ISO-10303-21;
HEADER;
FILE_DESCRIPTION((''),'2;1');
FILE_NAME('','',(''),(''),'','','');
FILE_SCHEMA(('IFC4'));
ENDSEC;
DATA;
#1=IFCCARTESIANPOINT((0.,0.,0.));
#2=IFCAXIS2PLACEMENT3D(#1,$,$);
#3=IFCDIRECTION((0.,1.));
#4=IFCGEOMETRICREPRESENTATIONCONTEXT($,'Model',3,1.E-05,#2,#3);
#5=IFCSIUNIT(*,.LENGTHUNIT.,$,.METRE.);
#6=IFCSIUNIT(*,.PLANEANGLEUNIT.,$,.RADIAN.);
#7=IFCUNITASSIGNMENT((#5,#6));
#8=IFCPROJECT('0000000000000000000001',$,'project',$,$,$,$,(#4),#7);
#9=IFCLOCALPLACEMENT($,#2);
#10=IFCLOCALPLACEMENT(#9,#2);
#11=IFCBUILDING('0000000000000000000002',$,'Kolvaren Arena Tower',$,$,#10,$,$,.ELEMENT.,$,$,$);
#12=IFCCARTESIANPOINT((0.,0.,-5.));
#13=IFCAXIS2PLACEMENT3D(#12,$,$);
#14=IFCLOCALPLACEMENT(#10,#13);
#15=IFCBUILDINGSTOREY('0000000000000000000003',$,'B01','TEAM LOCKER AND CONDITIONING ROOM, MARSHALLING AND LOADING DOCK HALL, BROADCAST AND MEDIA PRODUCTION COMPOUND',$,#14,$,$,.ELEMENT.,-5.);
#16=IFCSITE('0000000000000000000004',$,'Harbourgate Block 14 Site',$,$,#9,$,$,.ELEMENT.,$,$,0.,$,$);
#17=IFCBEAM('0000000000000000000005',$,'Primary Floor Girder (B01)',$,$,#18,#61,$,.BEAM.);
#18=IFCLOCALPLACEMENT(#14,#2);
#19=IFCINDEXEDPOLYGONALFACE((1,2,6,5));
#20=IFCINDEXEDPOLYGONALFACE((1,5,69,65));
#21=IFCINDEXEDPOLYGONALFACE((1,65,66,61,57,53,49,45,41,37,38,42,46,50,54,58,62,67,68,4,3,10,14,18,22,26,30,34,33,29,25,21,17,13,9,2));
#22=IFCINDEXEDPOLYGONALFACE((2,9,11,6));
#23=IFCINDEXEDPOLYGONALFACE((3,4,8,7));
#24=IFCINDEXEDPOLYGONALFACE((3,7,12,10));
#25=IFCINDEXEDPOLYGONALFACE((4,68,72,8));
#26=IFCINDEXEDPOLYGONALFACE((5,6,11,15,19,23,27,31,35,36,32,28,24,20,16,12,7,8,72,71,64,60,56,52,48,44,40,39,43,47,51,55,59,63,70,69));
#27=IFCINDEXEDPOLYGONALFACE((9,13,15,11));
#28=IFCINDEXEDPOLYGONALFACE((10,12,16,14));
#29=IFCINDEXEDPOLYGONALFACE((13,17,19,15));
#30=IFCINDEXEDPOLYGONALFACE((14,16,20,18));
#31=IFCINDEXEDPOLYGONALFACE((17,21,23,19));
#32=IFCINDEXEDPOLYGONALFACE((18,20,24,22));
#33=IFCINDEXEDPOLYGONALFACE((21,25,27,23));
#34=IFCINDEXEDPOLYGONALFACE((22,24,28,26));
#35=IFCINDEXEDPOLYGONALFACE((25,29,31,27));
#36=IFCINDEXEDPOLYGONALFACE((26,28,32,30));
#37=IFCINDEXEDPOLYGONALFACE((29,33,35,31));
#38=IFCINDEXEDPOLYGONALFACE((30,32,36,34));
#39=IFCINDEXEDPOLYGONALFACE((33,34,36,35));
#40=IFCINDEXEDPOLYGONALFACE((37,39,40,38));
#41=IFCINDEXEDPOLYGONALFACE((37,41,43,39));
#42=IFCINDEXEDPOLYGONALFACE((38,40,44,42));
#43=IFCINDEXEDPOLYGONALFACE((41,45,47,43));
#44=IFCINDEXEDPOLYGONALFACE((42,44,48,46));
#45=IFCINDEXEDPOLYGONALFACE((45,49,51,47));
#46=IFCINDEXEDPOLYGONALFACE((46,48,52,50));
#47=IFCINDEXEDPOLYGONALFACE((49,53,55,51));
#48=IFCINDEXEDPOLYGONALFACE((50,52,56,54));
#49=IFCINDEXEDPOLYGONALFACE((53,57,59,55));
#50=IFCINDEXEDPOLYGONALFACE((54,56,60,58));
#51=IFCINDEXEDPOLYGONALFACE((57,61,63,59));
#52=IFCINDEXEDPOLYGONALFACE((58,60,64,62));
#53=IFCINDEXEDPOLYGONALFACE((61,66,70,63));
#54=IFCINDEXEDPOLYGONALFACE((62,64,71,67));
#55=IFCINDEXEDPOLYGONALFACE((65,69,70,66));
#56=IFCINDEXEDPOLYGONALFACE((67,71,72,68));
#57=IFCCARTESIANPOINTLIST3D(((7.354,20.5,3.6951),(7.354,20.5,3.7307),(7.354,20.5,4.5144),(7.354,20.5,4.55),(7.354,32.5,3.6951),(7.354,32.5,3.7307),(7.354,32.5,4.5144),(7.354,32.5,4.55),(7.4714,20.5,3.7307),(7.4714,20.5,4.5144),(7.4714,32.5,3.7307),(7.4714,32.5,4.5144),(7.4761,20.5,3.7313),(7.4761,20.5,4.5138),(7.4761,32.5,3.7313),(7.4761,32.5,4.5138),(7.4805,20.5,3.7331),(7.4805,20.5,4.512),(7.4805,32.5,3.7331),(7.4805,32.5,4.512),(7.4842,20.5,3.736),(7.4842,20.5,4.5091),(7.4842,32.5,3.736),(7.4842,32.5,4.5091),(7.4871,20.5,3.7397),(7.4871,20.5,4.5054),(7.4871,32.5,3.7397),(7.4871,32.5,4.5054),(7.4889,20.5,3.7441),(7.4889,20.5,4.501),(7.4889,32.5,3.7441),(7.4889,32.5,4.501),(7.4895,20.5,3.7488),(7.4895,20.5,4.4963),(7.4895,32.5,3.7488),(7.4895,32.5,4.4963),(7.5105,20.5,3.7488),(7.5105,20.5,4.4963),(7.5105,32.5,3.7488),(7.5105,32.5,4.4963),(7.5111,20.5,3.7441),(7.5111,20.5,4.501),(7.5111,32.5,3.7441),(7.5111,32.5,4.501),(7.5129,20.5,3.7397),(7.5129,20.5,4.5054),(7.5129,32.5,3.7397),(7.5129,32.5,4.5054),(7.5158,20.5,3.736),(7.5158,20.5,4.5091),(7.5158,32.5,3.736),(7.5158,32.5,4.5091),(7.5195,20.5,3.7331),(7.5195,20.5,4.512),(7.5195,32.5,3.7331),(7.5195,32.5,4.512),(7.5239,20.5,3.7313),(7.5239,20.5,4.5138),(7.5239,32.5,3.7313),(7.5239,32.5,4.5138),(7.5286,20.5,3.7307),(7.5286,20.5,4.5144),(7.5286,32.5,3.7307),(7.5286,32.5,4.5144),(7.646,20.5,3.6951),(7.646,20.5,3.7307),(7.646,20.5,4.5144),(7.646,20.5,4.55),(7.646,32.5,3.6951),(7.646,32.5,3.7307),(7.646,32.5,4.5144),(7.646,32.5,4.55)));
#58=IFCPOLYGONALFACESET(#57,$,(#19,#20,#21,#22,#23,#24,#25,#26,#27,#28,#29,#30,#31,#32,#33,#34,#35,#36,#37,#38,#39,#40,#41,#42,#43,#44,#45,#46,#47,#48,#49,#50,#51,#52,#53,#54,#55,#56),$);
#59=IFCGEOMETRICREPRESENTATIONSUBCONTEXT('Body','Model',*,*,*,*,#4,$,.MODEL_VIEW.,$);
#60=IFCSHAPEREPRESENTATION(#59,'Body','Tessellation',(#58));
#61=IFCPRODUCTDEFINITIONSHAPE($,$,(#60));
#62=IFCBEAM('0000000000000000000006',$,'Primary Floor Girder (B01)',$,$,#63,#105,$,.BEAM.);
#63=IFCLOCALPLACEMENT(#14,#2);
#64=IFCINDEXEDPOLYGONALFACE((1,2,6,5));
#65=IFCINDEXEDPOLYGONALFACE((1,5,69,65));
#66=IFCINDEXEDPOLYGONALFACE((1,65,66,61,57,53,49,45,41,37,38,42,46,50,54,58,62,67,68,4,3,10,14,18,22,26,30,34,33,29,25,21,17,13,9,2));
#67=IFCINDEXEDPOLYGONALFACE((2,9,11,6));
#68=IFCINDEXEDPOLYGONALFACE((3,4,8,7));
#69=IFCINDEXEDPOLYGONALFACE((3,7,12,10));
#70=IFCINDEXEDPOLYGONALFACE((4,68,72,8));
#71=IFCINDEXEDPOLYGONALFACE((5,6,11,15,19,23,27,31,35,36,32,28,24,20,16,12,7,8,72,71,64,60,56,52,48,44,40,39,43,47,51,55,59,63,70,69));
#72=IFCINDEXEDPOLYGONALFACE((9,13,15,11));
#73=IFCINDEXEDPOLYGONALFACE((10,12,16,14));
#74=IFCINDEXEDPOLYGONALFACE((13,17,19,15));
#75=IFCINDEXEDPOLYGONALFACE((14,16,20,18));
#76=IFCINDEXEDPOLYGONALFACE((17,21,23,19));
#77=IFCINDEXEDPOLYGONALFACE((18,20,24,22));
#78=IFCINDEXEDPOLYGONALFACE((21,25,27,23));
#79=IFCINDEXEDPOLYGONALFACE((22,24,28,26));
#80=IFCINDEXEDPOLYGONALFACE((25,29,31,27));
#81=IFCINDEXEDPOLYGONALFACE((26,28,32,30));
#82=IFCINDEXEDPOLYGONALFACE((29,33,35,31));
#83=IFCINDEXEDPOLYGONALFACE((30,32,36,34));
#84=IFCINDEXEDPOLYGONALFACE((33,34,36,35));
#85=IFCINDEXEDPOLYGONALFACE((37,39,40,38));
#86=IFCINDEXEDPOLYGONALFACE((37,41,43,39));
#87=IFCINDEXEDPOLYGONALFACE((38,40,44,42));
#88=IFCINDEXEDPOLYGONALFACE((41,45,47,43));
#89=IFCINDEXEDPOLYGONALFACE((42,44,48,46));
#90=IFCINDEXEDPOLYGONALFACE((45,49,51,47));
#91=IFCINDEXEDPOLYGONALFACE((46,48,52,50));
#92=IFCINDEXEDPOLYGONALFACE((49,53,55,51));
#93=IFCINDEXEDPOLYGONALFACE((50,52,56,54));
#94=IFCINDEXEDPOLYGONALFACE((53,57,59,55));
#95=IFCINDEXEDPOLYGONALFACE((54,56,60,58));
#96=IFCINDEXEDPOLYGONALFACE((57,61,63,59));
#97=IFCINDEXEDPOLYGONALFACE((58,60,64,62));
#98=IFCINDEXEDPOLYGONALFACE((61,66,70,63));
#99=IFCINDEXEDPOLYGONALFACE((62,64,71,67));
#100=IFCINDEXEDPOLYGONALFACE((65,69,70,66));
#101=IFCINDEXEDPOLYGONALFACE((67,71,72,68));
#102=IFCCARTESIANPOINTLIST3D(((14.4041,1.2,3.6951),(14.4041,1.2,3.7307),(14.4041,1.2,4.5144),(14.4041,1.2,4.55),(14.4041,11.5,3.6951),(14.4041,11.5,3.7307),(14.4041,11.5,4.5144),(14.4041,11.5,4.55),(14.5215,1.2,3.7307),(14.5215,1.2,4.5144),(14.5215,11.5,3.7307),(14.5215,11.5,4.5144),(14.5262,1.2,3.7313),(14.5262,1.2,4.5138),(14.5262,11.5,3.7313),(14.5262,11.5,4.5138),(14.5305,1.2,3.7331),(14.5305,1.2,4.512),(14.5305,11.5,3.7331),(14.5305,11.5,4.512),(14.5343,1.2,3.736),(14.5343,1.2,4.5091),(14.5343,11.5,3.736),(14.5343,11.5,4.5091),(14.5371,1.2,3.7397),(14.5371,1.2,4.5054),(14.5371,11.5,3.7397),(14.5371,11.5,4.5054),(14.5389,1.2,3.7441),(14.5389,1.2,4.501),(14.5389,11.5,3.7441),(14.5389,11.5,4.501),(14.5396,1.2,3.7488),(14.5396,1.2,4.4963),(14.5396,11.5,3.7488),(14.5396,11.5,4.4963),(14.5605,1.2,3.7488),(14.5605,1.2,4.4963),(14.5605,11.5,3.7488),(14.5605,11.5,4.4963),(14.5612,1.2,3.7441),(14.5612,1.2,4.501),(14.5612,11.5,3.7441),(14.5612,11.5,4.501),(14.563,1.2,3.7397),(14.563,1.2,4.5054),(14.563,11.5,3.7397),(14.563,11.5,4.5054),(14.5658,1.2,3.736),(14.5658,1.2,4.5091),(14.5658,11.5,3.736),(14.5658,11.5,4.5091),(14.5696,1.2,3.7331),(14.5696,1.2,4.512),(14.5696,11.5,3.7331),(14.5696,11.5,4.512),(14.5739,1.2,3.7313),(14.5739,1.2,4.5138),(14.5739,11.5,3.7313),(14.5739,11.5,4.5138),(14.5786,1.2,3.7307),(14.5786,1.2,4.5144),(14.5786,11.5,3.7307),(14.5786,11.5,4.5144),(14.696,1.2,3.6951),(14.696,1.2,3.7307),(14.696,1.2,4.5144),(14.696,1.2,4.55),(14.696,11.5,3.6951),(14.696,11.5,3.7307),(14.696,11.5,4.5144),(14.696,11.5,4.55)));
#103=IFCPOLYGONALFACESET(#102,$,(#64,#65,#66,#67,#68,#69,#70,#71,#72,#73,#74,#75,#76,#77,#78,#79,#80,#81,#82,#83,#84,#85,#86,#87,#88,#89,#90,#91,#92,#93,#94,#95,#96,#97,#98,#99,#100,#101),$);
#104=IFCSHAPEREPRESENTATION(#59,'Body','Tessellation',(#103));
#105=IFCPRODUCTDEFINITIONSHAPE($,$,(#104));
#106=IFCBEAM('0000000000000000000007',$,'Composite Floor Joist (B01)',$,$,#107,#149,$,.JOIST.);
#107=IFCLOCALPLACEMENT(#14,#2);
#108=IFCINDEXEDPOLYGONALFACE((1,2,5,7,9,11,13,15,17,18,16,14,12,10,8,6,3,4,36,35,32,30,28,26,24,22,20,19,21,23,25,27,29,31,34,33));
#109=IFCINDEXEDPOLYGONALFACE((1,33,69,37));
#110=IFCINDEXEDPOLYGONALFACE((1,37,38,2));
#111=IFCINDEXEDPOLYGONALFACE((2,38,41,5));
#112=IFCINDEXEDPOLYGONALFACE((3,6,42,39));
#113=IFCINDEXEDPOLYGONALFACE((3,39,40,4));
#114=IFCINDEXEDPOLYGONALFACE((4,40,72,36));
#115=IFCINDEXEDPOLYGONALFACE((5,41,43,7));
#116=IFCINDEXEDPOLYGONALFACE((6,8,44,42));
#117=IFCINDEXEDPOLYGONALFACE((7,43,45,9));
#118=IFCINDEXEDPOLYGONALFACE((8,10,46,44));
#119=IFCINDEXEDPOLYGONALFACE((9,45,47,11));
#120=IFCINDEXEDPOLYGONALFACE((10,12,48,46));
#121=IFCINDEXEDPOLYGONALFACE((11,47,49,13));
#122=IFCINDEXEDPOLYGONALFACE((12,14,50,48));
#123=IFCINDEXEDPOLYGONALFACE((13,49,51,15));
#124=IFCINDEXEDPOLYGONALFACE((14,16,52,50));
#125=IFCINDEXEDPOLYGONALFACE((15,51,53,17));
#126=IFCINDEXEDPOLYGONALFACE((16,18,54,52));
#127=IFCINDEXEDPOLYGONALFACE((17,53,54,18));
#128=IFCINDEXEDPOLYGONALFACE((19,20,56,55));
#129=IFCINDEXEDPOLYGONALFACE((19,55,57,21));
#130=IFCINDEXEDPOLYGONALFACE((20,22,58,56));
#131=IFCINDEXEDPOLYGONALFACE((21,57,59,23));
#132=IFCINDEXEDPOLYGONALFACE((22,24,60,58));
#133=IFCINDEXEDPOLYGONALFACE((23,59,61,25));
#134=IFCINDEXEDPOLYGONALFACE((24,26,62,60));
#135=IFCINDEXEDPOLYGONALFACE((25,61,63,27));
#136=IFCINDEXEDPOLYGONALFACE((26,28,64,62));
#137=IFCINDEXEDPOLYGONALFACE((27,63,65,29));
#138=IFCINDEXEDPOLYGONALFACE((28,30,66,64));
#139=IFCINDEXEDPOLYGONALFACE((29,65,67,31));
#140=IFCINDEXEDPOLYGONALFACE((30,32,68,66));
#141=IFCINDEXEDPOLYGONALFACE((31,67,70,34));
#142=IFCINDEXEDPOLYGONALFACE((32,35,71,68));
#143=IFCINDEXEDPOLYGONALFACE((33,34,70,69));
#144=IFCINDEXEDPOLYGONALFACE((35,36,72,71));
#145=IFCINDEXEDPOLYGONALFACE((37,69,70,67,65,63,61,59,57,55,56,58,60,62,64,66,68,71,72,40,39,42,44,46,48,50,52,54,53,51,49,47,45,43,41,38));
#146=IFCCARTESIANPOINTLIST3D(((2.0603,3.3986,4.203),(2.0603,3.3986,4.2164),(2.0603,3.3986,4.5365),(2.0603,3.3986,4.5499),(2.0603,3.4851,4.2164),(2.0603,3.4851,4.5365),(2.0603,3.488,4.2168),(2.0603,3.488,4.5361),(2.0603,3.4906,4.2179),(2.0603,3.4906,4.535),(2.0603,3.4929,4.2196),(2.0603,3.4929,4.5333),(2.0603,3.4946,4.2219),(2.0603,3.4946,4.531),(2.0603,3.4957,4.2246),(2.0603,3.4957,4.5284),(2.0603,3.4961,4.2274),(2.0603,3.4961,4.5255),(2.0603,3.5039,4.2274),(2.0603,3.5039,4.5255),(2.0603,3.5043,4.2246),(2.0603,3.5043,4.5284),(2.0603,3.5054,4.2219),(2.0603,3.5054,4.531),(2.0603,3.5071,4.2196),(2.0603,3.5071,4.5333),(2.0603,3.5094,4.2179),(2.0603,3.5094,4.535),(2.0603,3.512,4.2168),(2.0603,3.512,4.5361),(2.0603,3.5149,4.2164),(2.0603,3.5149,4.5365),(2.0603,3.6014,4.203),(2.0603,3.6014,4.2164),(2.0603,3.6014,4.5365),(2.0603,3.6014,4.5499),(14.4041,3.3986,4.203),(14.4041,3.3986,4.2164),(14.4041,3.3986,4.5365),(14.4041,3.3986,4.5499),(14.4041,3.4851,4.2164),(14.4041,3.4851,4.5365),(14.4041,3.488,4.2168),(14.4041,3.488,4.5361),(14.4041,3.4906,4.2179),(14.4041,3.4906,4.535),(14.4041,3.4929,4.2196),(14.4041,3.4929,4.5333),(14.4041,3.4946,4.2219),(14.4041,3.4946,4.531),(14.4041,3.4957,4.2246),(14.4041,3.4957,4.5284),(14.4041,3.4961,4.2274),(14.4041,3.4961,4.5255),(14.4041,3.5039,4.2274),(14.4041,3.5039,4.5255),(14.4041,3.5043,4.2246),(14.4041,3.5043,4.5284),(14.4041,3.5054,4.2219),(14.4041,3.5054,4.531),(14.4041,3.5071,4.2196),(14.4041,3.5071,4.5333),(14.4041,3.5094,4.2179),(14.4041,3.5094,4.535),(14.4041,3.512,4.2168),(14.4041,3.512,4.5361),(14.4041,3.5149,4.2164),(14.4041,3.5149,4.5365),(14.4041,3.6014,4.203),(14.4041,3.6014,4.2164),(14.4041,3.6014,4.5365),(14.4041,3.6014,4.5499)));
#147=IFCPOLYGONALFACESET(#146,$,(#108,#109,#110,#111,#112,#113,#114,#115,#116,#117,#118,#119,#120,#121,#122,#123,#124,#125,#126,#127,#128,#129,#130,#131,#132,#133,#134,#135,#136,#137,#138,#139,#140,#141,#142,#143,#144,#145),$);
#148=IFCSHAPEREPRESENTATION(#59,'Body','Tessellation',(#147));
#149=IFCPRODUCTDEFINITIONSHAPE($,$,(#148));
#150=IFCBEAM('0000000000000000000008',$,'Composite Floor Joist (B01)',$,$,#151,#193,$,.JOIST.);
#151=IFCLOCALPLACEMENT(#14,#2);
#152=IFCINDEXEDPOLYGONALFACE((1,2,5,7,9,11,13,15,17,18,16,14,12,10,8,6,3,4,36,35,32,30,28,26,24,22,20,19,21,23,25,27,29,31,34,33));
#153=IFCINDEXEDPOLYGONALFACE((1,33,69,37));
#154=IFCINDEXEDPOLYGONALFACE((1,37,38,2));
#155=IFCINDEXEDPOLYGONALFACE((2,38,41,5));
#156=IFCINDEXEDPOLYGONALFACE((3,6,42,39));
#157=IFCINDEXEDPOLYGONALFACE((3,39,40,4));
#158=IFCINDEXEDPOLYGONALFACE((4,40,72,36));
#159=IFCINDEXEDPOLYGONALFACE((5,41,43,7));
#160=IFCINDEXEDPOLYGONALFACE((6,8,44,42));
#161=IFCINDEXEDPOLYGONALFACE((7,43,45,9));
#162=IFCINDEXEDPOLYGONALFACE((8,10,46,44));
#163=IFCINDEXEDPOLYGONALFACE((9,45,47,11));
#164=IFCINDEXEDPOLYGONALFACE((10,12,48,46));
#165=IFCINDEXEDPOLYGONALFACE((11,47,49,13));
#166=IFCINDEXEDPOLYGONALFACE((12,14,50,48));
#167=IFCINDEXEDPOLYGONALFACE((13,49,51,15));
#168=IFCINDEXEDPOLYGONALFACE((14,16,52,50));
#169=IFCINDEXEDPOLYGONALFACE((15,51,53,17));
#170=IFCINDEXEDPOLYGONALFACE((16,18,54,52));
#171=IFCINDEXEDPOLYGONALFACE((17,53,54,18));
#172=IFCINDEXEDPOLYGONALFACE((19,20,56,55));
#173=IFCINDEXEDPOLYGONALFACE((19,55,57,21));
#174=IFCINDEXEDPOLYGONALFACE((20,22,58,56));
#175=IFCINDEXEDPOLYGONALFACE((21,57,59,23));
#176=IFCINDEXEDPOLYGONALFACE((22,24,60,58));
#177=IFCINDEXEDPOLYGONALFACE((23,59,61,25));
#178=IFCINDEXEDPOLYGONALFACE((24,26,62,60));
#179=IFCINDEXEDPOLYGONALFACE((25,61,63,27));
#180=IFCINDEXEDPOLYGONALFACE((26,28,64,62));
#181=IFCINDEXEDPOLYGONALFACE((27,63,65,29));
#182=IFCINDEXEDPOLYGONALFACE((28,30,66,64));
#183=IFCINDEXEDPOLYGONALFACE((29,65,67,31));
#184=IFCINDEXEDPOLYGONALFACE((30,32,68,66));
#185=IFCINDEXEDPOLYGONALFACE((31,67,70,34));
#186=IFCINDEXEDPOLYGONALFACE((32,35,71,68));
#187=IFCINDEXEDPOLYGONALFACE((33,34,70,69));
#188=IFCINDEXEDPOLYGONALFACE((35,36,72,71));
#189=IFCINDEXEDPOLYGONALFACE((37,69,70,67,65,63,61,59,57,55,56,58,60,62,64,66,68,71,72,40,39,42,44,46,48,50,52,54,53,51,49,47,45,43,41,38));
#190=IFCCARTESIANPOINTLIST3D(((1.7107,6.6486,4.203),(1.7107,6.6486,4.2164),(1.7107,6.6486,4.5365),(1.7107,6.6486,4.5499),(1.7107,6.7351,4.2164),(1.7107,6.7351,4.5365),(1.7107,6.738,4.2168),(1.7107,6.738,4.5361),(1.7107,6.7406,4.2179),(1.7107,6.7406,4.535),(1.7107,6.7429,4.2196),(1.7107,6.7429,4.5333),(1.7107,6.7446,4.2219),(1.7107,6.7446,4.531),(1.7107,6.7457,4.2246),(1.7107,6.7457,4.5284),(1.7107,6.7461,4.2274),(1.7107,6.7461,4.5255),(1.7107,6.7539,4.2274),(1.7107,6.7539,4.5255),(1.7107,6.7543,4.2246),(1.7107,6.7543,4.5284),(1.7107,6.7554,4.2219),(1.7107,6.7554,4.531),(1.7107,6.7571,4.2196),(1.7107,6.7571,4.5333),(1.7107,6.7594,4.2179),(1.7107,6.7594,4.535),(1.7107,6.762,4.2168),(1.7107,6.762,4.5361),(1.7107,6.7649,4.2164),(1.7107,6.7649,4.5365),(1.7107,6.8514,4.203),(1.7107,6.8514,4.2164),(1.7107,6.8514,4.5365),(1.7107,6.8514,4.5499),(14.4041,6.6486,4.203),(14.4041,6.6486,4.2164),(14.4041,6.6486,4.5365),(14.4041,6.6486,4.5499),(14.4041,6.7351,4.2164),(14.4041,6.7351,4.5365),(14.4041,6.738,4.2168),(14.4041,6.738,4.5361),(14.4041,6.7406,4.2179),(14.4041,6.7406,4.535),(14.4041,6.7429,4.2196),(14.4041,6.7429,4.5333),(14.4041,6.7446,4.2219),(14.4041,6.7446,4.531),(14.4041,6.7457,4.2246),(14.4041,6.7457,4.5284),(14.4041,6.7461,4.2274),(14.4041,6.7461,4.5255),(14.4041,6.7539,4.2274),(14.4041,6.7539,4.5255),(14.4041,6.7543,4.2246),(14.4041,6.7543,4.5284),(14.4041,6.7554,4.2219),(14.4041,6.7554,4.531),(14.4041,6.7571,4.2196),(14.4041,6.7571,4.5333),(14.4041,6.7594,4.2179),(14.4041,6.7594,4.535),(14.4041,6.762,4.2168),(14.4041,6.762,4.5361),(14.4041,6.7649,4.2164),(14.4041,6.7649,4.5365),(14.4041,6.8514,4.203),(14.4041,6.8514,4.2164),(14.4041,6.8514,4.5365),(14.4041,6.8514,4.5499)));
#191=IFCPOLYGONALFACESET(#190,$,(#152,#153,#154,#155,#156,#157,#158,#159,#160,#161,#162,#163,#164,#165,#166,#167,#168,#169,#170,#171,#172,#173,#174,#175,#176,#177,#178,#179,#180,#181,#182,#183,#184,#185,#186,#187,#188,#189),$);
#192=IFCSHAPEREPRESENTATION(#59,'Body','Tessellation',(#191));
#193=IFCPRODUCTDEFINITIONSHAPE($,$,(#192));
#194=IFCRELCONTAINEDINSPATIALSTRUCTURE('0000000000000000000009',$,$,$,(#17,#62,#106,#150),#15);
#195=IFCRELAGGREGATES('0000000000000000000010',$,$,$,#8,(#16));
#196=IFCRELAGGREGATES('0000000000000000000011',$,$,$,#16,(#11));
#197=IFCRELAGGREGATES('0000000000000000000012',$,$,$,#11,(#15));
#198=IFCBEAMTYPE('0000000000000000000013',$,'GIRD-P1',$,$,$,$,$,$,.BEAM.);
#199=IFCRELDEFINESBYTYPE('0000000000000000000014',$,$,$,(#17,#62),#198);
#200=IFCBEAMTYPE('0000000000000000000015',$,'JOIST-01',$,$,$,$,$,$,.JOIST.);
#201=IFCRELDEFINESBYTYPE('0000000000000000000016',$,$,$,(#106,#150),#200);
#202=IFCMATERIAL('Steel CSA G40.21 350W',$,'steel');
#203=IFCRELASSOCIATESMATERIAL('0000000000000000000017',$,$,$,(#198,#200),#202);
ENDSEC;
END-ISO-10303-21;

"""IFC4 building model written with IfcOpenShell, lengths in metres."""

from ifc_helpers import new_model, si_unit, direction, frame, origin, origin_2d, place, context, subcontext, project, spatial, i_section, extrude, material, material_profile, profile_set, type_object, element, save


model = new_model("IFC4")

# Units and contexts
model_context = context("Model", 3, precision=1e-05, world=origin(), true_north=direction((0.0, 1.0)))
body_context = subcontext(model_context, "Body", "Model", "MODEL_VIEW")
ifc_project = project(units=[si_unit("LENGTHUNIT", "METRE"), si_unit("PLANEANGLEUNIT", "RADIAN")], contexts=[model_context])

# Site, building, storey
site_placement = place(None, origin())
site = spatial("IfcSite", under=ifc_project, at=site_placement, Name="Harbourgate Block 14 Site", CompositionType="ELEMENT", RefElevation=0.0)
building_placement = place(site_placement, origin())
building = spatial("IfcBuilding", under=site, at=building_placement, Name="Kolvaren Arena Tower", CompositionType="ELEMENT")
storey_placement = place(building_placement, frame((0.0, 0.0, -5.0)))
storey = spatial("IfcBuildingStorey", under=building, at=storey_placement, Name="B01", Description="TEAM LOCKER AND CONDITIONING ROOM, MARSHALLING AND LOADING DOCK HALL, BROADCAST AND MEDIA PRODUCTION COMPOUND", CompositionType="ELEMENT", Elevation=-5.0)

# Beams
ifc_material_1 = material(Name="Steel CSA G40.21 350W", Category="steel")
ifc_material_profile_1 = material_profile(ifc_material_1, i_section(OverallWidth=0.292, OverallDepth=0.855, WebThickness=0.021, FlangeThickness=0.0356, FilletRadius=0.0181, at=origin_2d()), Name="W840x299")
ifc_profile_set_1 = profile_set([ifc_material_profile_1], Name="Steel CSA G40.21 350W")
beam_type_1 = type_object("IfcBeamType", Name="GIRD-P1", PredefinedType="BEAM", material=ifc_profile_set_1)
beam_1_placement = place(storey_placement, frame((7.5, 20.5, 4.1226), z_axis=(0.0, 1.0, 0.0), x_axis=(-1.0, 0.0, 0.0)))
element("IfcBeam", 1, at=beam_1_placement, inside=storey, type_object=beam_type_1, Name="Primary Floor Girder (B01)", PredefinedType="BEAM", context=body_context, shape_type="SweptSolid", body=[
    extrude(i_section(OverallWidth=0.292, OverallDepth=0.855, WebThickness=0.021, FlangeThickness=0.0356, FilletRadius=0.0181, at=origin_2d()), origin(), (0.0, 0.0, 1.0), 12.0),
])
beam_2_placement = place(storey_placement, frame((14.55, 1.2, 4.1226), z_axis=(0.0, 1.0, 0.0), x_axis=(-1.0, 0.0, 0.0)))
element("IfcBeam", 2, at=beam_2_placement, inside=storey, type_object=beam_type_1, Name="Primary Floor Girder (B01)", PredefinedType="BEAM", context=body_context, shape_type="SweptSolid", body=[
    extrude(i_section(OverallWidth=0.292, OverallDepth=0.855, WebThickness=0.021, FlangeThickness=0.0356, FilletRadius=0.0181, at=origin_2d()), origin(), (0.0, 0.0, 1.0), 10.3),
])
ifc_material_profile_2 = material_profile(ifc_material_1, i_section(OverallWidth=0.2029, OverallDepth=0.3469, WebThickness=0.0078, FlangeThickness=0.0134, FilletRadius=0.011, at=origin_2d()), Name="W360x64")
ifc_profile_set_2 = profile_set([ifc_material_profile_2], Name="Steel CSA G40.21 350W")
beam_type_2 = type_object("IfcBeamType", Name="JOIST-01", PredefinedType="JOIST", material=ifc_profile_set_2)
beam_3_placement = place(storey_placement, frame((2.0603, 3.5, 4.3765), z_axis=(1.0, 0.0, 0.0), x_axis=(0.0, 1.0, 0.0)))
element("IfcBeam", 3, at=beam_3_placement, inside=storey, type_object=beam_type_2, Name="Composite Floor Joist (B01)", PredefinedType="JOIST", context=body_context, shape_type="SweptSolid", body=[
    extrude(i_section(OverallWidth=0.2029, OverallDepth=0.3469, WebThickness=0.0078, FlangeThickness=0.0134, FilletRadius=0.011, at=origin_2d()), origin(), (0.0, 0.0, 1.0), 12.3438),
])
beam_4_placement = place(storey_placement, frame((1.7107, 6.75, 4.3765), z_axis=(1.0, 0.0, 0.0), x_axis=(0.0, 1.0, 0.0)))
element("IfcBeam", 4, at=beam_4_placement, inside=storey, type_object=beam_type_2, Name="Composite Floor Joist (B01)", PredefinedType="JOIST", context=body_context, shape_type="SweptSolid", body=[
    extrude(i_section(OverallWidth=0.2029, OverallDepth=0.3469, WebThickness=0.0078, FlangeThickness=0.0134, FilletRadius=0.011, at=origin_2d()), origin(), (0.0, 0.0, 1.0), 12.6934),
])

save(model, "model.ifc")
